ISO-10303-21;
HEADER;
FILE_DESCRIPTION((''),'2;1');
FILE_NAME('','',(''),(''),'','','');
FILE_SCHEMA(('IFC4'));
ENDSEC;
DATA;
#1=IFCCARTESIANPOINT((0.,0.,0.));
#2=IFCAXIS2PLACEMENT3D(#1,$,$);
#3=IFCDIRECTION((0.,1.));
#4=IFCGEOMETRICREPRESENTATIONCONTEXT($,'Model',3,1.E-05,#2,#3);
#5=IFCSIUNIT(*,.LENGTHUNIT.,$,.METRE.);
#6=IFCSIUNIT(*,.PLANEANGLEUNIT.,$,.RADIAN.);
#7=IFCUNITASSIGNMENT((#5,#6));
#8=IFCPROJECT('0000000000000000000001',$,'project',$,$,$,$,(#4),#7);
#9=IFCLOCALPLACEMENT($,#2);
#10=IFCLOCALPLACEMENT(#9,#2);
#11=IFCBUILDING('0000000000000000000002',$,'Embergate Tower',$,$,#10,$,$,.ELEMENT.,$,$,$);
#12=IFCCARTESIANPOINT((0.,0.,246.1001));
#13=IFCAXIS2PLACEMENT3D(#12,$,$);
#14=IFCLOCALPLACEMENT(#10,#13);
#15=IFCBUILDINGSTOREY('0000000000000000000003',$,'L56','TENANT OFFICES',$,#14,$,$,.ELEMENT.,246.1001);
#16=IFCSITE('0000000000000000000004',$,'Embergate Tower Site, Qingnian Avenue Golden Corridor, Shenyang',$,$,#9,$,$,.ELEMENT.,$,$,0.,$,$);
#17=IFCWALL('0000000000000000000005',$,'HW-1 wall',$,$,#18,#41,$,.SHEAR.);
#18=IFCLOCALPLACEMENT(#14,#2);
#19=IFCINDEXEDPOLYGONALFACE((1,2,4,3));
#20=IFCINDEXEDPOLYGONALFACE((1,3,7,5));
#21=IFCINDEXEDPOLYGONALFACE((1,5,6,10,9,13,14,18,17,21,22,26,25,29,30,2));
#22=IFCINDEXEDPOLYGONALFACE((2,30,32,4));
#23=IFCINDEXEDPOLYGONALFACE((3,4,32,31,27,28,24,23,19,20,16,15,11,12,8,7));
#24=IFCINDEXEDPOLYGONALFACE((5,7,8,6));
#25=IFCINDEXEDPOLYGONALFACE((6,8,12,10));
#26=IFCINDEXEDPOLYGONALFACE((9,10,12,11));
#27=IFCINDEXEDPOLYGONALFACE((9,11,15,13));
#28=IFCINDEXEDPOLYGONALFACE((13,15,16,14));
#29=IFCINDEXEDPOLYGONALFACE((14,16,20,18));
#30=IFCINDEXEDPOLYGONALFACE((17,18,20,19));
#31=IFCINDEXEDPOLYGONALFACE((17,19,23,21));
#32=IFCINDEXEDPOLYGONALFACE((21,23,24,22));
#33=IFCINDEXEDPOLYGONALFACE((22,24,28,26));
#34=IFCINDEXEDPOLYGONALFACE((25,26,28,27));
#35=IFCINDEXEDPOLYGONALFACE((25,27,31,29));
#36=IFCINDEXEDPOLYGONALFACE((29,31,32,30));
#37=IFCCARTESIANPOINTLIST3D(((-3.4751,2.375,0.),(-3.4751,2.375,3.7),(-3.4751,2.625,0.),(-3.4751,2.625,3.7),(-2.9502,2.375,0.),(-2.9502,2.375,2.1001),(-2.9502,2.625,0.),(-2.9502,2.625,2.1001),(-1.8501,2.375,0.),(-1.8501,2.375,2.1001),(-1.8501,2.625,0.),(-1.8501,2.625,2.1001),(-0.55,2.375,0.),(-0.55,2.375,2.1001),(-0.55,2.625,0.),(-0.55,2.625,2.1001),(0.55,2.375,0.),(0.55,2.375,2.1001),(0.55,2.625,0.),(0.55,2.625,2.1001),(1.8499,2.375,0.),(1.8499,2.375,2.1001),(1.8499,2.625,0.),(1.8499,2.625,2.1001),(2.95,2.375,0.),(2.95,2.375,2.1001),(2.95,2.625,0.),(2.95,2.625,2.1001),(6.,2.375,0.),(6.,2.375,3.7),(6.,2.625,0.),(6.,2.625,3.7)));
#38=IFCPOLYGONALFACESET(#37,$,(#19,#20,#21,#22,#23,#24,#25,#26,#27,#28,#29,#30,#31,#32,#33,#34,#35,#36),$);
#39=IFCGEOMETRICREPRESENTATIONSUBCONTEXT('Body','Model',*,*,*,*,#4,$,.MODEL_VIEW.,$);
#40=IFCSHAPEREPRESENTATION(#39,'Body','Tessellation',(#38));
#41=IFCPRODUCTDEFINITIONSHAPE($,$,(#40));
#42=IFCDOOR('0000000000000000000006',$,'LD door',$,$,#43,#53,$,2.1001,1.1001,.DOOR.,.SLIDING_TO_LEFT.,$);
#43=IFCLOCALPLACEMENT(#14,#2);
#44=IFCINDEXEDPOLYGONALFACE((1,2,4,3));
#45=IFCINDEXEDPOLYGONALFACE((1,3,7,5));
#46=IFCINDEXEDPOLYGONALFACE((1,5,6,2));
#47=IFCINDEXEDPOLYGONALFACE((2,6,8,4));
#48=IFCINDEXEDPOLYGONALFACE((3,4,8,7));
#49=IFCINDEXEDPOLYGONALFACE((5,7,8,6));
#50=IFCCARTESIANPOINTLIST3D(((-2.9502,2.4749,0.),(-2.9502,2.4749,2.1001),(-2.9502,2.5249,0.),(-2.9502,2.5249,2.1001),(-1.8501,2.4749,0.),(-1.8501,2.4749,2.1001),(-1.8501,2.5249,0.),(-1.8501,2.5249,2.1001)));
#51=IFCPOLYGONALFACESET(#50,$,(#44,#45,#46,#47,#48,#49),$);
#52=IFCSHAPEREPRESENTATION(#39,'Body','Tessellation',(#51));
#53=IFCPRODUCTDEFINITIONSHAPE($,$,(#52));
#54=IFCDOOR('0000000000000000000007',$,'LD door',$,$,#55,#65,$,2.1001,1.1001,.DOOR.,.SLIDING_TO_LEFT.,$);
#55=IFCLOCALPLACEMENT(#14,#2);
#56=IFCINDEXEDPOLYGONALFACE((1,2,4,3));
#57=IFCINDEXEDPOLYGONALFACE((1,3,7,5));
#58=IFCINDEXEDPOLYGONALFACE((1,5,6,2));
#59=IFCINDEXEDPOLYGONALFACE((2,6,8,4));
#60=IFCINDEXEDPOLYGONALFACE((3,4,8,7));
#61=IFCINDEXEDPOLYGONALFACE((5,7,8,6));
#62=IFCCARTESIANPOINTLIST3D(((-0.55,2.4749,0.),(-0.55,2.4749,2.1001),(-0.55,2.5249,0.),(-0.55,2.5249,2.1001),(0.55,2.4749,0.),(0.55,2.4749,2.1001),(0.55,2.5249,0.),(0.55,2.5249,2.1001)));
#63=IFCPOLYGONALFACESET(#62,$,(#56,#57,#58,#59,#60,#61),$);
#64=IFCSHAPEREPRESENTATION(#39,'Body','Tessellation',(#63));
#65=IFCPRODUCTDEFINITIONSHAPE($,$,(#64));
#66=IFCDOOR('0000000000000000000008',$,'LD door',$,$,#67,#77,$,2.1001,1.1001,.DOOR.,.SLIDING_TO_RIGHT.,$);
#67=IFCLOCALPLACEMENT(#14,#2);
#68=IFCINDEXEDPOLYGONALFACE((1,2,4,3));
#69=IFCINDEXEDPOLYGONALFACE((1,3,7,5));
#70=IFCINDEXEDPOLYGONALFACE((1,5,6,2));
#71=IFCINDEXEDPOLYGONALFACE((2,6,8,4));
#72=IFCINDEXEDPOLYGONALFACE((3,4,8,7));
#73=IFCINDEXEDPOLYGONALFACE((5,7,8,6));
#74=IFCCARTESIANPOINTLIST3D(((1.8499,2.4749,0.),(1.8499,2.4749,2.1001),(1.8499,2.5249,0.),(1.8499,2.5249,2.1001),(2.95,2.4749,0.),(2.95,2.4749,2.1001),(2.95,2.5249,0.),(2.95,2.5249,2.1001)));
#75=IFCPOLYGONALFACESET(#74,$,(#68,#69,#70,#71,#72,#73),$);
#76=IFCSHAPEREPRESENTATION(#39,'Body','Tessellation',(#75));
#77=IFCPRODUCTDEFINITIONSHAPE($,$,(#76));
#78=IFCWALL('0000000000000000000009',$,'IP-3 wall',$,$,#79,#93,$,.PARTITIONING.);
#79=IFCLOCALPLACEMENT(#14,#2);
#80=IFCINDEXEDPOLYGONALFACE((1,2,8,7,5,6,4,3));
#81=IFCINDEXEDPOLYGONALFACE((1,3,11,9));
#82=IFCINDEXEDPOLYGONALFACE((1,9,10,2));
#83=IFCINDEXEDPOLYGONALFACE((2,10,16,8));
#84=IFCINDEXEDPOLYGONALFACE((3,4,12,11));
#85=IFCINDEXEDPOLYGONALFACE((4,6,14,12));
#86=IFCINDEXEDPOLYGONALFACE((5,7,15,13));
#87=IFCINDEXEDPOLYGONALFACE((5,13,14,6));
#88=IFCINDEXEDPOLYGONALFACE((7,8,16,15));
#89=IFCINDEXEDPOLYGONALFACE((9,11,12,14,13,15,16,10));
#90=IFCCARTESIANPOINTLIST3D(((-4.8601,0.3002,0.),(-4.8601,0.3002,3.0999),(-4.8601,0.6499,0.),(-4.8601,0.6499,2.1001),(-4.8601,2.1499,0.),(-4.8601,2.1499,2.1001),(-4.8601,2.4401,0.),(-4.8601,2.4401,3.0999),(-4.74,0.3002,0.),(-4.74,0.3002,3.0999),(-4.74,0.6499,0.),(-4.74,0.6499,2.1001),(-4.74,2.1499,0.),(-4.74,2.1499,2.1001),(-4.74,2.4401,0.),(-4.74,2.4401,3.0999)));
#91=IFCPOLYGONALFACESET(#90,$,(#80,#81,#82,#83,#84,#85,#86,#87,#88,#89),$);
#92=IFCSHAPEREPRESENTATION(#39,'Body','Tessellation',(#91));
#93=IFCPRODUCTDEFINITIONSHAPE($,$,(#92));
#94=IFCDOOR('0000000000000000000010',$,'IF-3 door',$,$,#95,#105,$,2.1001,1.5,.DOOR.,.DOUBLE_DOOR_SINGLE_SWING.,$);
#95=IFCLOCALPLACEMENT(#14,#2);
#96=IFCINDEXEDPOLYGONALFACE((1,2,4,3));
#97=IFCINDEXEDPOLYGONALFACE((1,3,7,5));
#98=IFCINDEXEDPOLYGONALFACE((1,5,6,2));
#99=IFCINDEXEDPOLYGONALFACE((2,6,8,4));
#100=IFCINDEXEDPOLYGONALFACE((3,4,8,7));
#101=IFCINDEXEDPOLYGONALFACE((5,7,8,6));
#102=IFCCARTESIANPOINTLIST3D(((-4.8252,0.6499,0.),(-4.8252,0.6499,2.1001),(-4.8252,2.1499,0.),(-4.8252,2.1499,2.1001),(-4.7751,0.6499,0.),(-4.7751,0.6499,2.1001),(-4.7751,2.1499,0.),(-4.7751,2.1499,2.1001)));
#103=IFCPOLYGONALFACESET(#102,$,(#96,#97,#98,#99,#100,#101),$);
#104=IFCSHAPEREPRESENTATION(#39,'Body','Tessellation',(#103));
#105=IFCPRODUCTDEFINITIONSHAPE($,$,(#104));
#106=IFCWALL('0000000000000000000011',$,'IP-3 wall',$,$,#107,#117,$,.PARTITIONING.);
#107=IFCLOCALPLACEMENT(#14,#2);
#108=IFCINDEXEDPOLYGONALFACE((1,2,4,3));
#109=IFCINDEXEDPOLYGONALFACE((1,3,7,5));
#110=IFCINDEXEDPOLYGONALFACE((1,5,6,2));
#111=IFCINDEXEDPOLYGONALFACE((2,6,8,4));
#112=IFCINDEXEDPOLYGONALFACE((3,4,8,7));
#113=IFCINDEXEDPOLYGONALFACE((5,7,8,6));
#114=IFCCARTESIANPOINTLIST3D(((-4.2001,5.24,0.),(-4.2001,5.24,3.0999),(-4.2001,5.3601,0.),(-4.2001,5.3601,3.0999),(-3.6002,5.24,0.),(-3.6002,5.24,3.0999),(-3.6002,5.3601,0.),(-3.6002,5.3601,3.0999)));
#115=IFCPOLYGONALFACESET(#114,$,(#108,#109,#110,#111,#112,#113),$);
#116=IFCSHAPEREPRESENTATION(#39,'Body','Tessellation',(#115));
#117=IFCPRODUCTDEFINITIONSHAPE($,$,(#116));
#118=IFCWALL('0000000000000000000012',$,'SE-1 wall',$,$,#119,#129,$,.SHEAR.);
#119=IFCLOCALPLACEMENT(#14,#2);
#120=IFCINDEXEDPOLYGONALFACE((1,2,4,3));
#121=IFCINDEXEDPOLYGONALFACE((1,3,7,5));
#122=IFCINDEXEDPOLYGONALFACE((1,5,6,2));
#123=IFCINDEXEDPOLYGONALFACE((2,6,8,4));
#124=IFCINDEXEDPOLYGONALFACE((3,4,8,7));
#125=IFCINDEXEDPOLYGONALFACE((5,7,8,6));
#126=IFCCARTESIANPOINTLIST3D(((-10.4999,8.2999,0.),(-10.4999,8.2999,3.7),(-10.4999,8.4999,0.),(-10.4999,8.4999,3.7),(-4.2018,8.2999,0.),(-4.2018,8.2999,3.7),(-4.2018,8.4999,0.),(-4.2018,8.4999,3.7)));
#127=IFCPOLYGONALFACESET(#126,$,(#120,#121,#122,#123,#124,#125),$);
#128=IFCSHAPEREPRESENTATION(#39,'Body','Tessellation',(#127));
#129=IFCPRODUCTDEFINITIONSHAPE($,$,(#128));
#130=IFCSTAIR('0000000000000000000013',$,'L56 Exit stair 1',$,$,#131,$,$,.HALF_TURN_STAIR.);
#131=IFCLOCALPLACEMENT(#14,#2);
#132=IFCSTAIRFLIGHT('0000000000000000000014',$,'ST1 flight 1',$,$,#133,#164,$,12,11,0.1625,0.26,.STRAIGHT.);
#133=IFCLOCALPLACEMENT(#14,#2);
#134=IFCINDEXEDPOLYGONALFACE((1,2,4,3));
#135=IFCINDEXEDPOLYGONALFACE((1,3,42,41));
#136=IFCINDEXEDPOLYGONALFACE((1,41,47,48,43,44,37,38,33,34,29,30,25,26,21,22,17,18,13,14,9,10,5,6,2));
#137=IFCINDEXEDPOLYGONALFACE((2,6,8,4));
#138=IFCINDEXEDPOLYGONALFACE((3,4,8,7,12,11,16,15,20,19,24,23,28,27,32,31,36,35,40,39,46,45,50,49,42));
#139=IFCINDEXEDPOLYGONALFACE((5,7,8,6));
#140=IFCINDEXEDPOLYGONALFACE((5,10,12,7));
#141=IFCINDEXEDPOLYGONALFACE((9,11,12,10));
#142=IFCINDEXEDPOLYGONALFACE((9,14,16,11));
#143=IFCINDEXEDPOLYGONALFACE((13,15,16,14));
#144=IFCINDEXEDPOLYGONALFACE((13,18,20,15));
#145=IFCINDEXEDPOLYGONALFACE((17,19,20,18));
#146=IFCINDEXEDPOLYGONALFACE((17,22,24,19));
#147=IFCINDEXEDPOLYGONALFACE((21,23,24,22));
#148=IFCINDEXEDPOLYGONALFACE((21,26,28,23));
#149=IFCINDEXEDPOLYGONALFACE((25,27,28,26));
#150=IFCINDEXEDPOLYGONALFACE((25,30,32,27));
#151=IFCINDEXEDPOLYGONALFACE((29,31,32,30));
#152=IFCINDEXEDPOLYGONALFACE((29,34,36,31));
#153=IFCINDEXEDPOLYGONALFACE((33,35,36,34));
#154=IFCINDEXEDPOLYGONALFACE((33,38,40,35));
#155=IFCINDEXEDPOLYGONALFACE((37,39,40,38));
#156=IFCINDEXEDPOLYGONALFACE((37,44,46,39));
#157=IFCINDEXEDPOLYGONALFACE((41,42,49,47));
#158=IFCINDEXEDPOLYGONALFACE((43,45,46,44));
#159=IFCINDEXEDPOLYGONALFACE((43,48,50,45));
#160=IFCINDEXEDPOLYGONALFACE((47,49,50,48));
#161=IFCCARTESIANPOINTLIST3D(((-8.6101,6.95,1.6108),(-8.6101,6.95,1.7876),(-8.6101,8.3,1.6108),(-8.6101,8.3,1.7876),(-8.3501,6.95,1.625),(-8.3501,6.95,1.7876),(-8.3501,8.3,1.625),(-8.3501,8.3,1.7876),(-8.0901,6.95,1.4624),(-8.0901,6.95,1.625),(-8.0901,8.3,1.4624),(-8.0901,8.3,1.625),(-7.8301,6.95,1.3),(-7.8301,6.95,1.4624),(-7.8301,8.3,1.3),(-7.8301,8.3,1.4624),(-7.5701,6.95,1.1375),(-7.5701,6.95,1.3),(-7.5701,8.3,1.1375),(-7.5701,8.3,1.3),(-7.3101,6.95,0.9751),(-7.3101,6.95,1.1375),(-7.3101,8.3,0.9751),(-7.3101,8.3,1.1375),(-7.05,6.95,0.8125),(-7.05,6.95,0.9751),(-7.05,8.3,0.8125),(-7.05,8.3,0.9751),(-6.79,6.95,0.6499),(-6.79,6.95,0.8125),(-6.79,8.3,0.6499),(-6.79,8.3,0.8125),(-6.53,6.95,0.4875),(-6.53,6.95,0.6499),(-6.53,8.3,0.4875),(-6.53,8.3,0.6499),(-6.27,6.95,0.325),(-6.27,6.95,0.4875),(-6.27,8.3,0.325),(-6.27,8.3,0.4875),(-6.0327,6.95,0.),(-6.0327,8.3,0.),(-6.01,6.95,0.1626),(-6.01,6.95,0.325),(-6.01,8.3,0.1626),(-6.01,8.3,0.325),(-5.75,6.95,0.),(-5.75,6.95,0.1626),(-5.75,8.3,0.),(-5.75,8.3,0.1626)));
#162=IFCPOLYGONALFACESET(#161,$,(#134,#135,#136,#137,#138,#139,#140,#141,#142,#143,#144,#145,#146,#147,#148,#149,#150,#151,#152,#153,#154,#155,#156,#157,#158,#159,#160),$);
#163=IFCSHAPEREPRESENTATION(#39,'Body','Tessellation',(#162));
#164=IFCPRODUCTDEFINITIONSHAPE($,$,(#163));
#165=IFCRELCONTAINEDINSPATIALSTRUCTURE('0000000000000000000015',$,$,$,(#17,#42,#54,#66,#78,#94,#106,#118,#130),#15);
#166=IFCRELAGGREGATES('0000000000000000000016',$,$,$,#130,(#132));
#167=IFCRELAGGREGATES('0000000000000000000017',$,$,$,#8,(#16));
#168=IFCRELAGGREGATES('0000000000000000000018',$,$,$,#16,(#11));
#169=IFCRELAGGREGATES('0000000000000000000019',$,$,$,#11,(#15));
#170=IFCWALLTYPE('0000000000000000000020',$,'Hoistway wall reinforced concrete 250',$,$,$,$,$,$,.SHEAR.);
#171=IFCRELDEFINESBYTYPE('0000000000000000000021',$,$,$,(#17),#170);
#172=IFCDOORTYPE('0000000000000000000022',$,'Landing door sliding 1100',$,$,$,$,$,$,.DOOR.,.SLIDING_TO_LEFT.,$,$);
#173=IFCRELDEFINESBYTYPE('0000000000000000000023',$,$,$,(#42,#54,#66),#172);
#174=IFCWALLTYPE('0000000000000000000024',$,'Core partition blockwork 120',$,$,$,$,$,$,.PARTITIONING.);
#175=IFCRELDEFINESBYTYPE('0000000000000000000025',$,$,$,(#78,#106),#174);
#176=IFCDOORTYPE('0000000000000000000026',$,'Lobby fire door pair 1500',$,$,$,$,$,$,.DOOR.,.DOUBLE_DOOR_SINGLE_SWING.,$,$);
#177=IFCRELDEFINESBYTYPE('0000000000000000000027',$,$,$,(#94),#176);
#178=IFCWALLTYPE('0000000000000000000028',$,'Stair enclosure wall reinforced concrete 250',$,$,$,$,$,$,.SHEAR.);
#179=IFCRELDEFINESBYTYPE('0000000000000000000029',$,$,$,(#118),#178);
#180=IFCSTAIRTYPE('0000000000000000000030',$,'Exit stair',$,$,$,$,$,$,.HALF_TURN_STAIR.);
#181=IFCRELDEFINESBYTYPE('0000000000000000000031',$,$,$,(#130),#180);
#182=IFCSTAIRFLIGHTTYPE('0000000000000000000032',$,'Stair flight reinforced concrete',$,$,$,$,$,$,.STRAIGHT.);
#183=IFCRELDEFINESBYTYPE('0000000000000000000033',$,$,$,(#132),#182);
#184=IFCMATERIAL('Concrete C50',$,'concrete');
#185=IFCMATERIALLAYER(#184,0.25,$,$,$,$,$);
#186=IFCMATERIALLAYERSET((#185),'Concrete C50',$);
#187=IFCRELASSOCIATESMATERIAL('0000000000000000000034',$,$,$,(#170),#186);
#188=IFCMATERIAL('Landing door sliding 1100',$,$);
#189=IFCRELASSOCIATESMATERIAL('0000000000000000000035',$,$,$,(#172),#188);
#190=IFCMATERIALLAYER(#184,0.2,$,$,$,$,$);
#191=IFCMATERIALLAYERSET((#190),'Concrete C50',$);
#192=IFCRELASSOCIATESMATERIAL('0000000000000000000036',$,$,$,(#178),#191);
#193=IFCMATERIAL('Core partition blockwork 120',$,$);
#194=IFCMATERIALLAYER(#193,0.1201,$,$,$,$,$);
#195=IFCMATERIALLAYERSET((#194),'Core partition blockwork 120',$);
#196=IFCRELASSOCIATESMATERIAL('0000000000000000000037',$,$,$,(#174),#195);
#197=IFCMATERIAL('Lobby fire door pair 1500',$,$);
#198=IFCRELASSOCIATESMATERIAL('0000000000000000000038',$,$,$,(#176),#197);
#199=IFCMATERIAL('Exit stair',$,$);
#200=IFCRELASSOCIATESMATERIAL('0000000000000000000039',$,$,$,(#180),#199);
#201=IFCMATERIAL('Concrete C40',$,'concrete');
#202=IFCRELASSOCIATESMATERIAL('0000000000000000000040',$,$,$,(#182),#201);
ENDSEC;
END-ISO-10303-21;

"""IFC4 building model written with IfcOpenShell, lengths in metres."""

from ifc_helpers import new_model, si_unit, direction, frame, frame_2d, origin, place, context, subcontext, project, spatial, polyline, rectangle, outline, extrude, source, transform, mapped, material, layer, layer_set, type_object, element, fill, aggregate, save


model = new_model("IFC4")

# Units and contexts
model_context = context("Model", 3, precision=1e-05, world=origin(), true_north=direction((0.0, 1.0)))
body_context = subcontext(model_context, "Body", "Model", "MODEL_VIEW")
ifc_project = project(units=[si_unit("LENGTHUNIT", "METRE"), si_unit("PLANEANGLEUNIT", "RADIAN")], contexts=[model_context])

# Site, building, storey
site_placement = place(None, origin())
site = spatial("IfcSite", under=ifc_project, at=site_placement, Name="Embergate Tower Site, Qingnian Avenue Golden Corridor, Shenyang", CompositionType="ELEMENT", RefElevation=0.0)
building_placement = place(site_placement, origin())
building = spatial("IfcBuilding", under=site, at=building_placement, Name="Embergate Tower", CompositionType="ELEMENT")
storey_placement = place(building_placement, frame((0.0, 0.0, 246.1001)))
storey = spatial("IfcBuildingStorey", under=building, at=storey_placement, Name="L56", Description="TENANT OFFICES", CompositionType="ELEMENT", Elevation=246.1001)

# Shared definitions
ifc_material_1 = material(Name="Concrete C50", Category="concrete")
ifc_layer_1 = layer(ifc_material_1, 0.25)
ifc_layer_set_1 = layer_set([ifc_layer_1], Name="Concrete C50")
wall_type_1 = type_object("IfcWallType", Name="Hoistway wall reinforced concrete 250", PredefinedType="SHEAR", material=ifc_layer_set_1)

# Shared definitions
shared_shape_1 = source(origin(), body_context, "Body", "SweptSolid", [
    extrude(rectangle(XDim=1.1001, YDim=2.1001, at=frame_2d((0.55, 1.05))), frame((0.0, 0.135, 0.0), z_axis=(0.0, -1.0, 0.0), x_axis=(1.0, 0.0, 0.0)), (0.0, 0.0, 1.0), 0.27),
])
ifc_material_2 = material(Name="Landing door sliding 1100")
door_type_1 = type_object("IfcDoorType", Name="Landing door sliding 1100", OperationType="SLIDING_TO_LEFT", PredefinedType="DOOR", material=ifc_material_2)
shared_shape_2 = source(origin(), body_context, "Body", "SweptSolid", [
    extrude(rectangle(XDim=1.1001, YDim=2.1001, at=frame_2d((0.55, 1.05))), frame((0.0, 0.0249, 0.0), z_axis=(0.0, -1.0, 0.0), x_axis=(1.0, 0.0, 0.0)), (0.0, 0.0, 1.0), 0.05),
])

# Shared definitions
ifc_layer_2 = layer(ifc_material_1, 0.2)
ifc_layer_set_2 = layer_set([ifc_layer_2], Name="Concrete C50")
wall_type_2 = type_object("IfcWallType", Name="Stair enclosure wall reinforced concrete 250", PredefinedType="SHEAR", material=ifc_layer_set_2)

# Wall, openings, doors
shared_shape_3 = source(origin(), body_context, "Body", "SweptSolid", [
    extrude(rectangle(XDim=9.4751, YDim=0.25, at=frame_2d((4.7375, 0.0))), origin(), (0.0, 0.0, 1.0), 3.7),
])
wall_1_placement = place(storey_placement, frame((-3.4751, 2.5, 0.0), z_axis=(0.0, 0.0, 1.0), x_axis=(1.0, 0.0, 0.0)))
wall_1 = element("IfcWall", 1, at=wall_1_placement, inside=storey, type_object=wall_type_1, Name="HW-1 wall", PredefinedType="SHEAR", context=body_context, shape_type="MappedRepresentation", body=[
    mapped(shared_shape_3, transform((0.0, 0.0, 0.0))),
])
opening_1_placement = place(wall_1_placement, frame((0.5249, 0.0, 0.0)))
opening_1 = element("IfcOpeningElement", 2, at=opening_1_placement, cuts=wall_1, PredefinedType="OPENING", context=body_context, shape_type="MappedRepresentation", body=[
    mapped(shared_shape_1, transform((0.0, 0.0, 0.0))),
])
opening_2_placement = place(wall_1_placement, frame((2.925, 0.0, 0.0)))
opening_2 = element("IfcOpeningElement", 3, at=opening_2_placement, cuts=wall_1, PredefinedType="OPENING", context=body_context, shape_type="MappedRepresentation", body=[
    mapped(shared_shape_1, transform((0.0, 0.0, 0.0))),
])
opening_3_placement = place(wall_1_placement, frame((5.325, 0.0, 0.0)))
opening_3 = element("IfcOpeningElement", 4, at=opening_3_placement, cuts=wall_1, PredefinedType="OPENING", context=body_context, shape_type="MappedRepresentation", body=[
    mapped(shared_shape_1, transform((0.0, 0.0, 0.0))),
])
door_1_placement = place(opening_1_placement, origin())
door_1 = element("IfcDoor", 5, at=door_1_placement, inside=storey, type_object=door_type_1, Name="LD door", OperationType="SLIDING_TO_LEFT", OverallHeight=2.1001, OverallWidth=1.1001, PredefinedType="DOOR", context=body_context, shape_type="MappedRepresentation", body=[
    mapped(shared_shape_2, transform((0.0, 0.0, 0.0))),
])
fill(opening_1, door_1)
door_2_placement = place(opening_2_placement, origin())
door_2 = element("IfcDoor", 6, at=door_2_placement, inside=storey, type_object=door_type_1, Name="LD door", OperationType="SLIDING_TO_LEFT", OverallHeight=2.1001, OverallWidth=1.1001, PredefinedType="DOOR", context=body_context, shape_type="MappedRepresentation", body=[
    mapped(shared_shape_2, transform((0.0, 0.0, 0.0))),
])
fill(opening_2, door_2)
door_3_placement = place(opening_3_placement, origin())
door_3 = element("IfcDoor", 7, at=door_3_placement, inside=storey, type_object=door_type_1, Name="LD door", OperationType="SLIDING_TO_RIGHT", OverallHeight=2.1001, OverallWidth=1.1001, PredefinedType="DOOR", context=body_context, shape_type="MappedRepresentation", body=[
    mapped(shared_shape_2, transform((0.0, 0.0, 0.0))),
])
fill(opening_3, door_3)

# Wall, opening, door
ifc_material_3 = material(Name="Core partition blockwork 120")
ifc_layer_3 = layer(ifc_material_3, 0.1201)
ifc_layer_set_3 = layer_set([ifc_layer_3], Name="Core partition blockwork 120")
wall_type_3 = type_object("IfcWallType", Name="Core partition blockwork 120", PredefinedType="PARTITIONING", material=ifc_layer_set_3)
shared_shape_4 = source(origin(), body_context, "Body", "SweptSolid", [
    extrude(rectangle(XDim=2.1399, YDim=0.1201, at=frame_2d((1.0698, 0.0))), origin(), (0.0, 0.0, 1.0), 3.0999),
])
wall_2_placement = place(storey_placement, frame((-4.8, 2.4399, 0.0), z_axis=(0.0, 0.0, 1.0), x_axis=(0.0, -1.0, 0.0)))
wall_2 = element("IfcWall", 8, at=wall_2_placement, inside=storey, type_object=wall_type_3, Name="IP-3 wall", PredefinedType="PARTITIONING", context=body_context, shape_type="MappedRepresentation", body=[
    mapped(shared_shape_4, transform((0.0, 0.0, 0.0))),
])
shared_shape_5 = source(origin(), body_context, "Body", "SweptSolid", [
    extrude(rectangle(XDim=1.5, YDim=2.1001, at=frame_2d((0.75, 1.05))), frame((0.0, 0.0701, 0.0), z_axis=(0.0, -1.0, 0.0), x_axis=(1.0, 0.0, 0.0)), (0.0, 0.0, 1.0), 0.1401),
])
opening_4_placement = place(wall_2_placement, frame((0.29, 0.0, 0.0)))
opening_4 = element("IfcOpeningElement", 9, at=opening_4_placement, cuts=wall_2, PredefinedType="OPENING", context=body_context, shape_type="MappedRepresentation", body=[
    mapped(shared_shape_5, transform((0.0, 0.0, 0.0))),
])
ifc_material_4 = material(Name="Lobby fire door pair 1500")
door_type_2 = type_object("IfcDoorType", Name="Lobby fire door pair 1500", OperationType="DOUBLE_DOOR_SINGLE_SWING", PredefinedType="DOOR", material=ifc_material_4)
shared_shape_6 = source(origin(), body_context, "Body", "SweptSolid", [
    extrude(rectangle(XDim=1.5, YDim=2.1001, at=frame_2d((0.75, 1.05))), frame((0.0, 0.0249, 0.0), z_axis=(0.0, -1.0, 0.0), x_axis=(1.0, 0.0, 0.0)), (0.0, 0.0, 1.0), 0.05),
])
door_4_placement = place(opening_4_placement, origin())
door_4 = element("IfcDoor", 10, at=door_4_placement, inside=storey, type_object=door_type_2, Name="IF-3 door", OperationType="DOUBLE_DOOR_SINGLE_SWING", OverallHeight=2.1001, OverallWidth=1.5, PredefinedType="DOOR", context=body_context, shape_type="MappedRepresentation", body=[
    mapped(shared_shape_6, transform((0.0, 0.0, 0.0))),
])
fill(opening_4, door_4)

# Walls
shared_shape_7 = source(origin(), body_context, "Body", "SweptSolid", [
    extrude(rectangle(XDim=0.5999, YDim=0.1201, at=frame_2d((0.2998, 0.0))), origin(), (0.0, 0.0, 1.0), 3.0999),
])
wall_3_placement = place(storey_placement, frame((-4.2, 5.3, 0.0), z_axis=(0.0, 0.0, 1.0), x_axis=(1.0, 0.0, 0.0)))
element("IfcWall", 11, at=wall_3_placement, inside=storey, type_object=wall_type_3, Name="IP-3 wall", PredefinedType="PARTITIONING", context=body_context, shape_type="MappedRepresentation", body=[
    mapped(shared_shape_7, transform((0.0, 0.0, 0.0))),
])
shared_shape_8 = source(origin(), body_context, "Body", "SweptSolid", [
    extrude(rectangle(XDim=6.2981, YDim=0.2, at=frame_2d((3.1489, 0.0))), origin(), (0.0, 0.0, 1.0), 3.7),
])
wall_4_placement = place(storey_placement, frame((-4.2019, 8.3999, 0.0), z_axis=(0.0, 0.0, 1.0), x_axis=(-1.0, 0.0, 0.0)))
element("IfcWall", 12, at=wall_4_placement, inside=storey, type_object=wall_type_2, Name="SE-1 wall", PredefinedType="SHEAR", context=body_context, shape_type="MappedRepresentation", body=[
    mapped(shared_shape_8, transform((0.0, 0.0, 0.0))),
])

# Stair, stair flight
ifc_material_5 = material(Name="Exit stair")
stair_type = type_object("IfcStairType", Name="Exit stair", PredefinedType="HALF_TURN_STAIR", material=ifc_material_5)
stair_placement = place(storey_placement, origin())
stair = element("IfcStair", 13, at=stair_placement, inside=storey, type_object=stair_type, Name="L56 Exit stair 1", PredefinedType="HALF_TURN_STAIR")
ifc_material_6 = material(Name="Concrete C40", Category="concrete")
stair_flight_type = type_object("IfcStairFlightType", Name="Stair flight reinforced concrete", PredefinedType="STRAIGHT", material=ifc_material_6)
shared_shape_9 = source(origin(), body_context, "Body", "SweptSolid", [
    extrude(outline(polyline([(0.0, 0.0), (0.0, 0.1626), (0.26, 0.1626), (0.26, 0.325), (0.52, 0.325), (0.52, 0.4875), (0.78, 0.4875), (0.78, 0.6499), (1.04, 0.6499), (1.04, 0.8125), (1.3, 0.8125), (1.3, 0.9751), (1.5601, 0.9751), (1.5601, 1.1375), (1.8201, 1.1375), (1.8201, 1.3), (2.0801, 1.3), (2.0801, 1.4624), (2.3401, 1.4624), (2.3401, 1.625), (2.6001, 1.625), (2.6001, 1.7876), (2.8601, 1.7876), (2.8601, 1.95), (2.8601, 1.6108), (0.2827, 0.0), (0.0, 0.0)])), frame((0.0, 0.675, 0.0), z_axis=(0.0, -1.0, 0.0), x_axis=(1.0, 0.0, 0.0)), (0.0, 0.0, 1.0), 1.3501),
])
stair_flight_placement = place(storey_placement, frame((-5.75, 7.625, 0.0), z_axis=(0.0, 0.0, 1.0), x_axis=(-1.0, 0.0, 0.0)))
stair_flight = element("IfcStairFlight", 14, at=stair_flight_placement, type_object=stair_flight_type, Name="ST1 flight 1", NumberOfRisers=12, NumberOfTreads=11, PredefinedType="STRAIGHT", RiserHeight=0.1625, TreadLength=0.26, context=body_context, shape_type="MappedRepresentation", body=[
    mapped(shared_shape_9, transform((0.0, 0.0, 0.0))),
])
aggregate(stair, [stair_flight])

save(model, "model.ifc")
